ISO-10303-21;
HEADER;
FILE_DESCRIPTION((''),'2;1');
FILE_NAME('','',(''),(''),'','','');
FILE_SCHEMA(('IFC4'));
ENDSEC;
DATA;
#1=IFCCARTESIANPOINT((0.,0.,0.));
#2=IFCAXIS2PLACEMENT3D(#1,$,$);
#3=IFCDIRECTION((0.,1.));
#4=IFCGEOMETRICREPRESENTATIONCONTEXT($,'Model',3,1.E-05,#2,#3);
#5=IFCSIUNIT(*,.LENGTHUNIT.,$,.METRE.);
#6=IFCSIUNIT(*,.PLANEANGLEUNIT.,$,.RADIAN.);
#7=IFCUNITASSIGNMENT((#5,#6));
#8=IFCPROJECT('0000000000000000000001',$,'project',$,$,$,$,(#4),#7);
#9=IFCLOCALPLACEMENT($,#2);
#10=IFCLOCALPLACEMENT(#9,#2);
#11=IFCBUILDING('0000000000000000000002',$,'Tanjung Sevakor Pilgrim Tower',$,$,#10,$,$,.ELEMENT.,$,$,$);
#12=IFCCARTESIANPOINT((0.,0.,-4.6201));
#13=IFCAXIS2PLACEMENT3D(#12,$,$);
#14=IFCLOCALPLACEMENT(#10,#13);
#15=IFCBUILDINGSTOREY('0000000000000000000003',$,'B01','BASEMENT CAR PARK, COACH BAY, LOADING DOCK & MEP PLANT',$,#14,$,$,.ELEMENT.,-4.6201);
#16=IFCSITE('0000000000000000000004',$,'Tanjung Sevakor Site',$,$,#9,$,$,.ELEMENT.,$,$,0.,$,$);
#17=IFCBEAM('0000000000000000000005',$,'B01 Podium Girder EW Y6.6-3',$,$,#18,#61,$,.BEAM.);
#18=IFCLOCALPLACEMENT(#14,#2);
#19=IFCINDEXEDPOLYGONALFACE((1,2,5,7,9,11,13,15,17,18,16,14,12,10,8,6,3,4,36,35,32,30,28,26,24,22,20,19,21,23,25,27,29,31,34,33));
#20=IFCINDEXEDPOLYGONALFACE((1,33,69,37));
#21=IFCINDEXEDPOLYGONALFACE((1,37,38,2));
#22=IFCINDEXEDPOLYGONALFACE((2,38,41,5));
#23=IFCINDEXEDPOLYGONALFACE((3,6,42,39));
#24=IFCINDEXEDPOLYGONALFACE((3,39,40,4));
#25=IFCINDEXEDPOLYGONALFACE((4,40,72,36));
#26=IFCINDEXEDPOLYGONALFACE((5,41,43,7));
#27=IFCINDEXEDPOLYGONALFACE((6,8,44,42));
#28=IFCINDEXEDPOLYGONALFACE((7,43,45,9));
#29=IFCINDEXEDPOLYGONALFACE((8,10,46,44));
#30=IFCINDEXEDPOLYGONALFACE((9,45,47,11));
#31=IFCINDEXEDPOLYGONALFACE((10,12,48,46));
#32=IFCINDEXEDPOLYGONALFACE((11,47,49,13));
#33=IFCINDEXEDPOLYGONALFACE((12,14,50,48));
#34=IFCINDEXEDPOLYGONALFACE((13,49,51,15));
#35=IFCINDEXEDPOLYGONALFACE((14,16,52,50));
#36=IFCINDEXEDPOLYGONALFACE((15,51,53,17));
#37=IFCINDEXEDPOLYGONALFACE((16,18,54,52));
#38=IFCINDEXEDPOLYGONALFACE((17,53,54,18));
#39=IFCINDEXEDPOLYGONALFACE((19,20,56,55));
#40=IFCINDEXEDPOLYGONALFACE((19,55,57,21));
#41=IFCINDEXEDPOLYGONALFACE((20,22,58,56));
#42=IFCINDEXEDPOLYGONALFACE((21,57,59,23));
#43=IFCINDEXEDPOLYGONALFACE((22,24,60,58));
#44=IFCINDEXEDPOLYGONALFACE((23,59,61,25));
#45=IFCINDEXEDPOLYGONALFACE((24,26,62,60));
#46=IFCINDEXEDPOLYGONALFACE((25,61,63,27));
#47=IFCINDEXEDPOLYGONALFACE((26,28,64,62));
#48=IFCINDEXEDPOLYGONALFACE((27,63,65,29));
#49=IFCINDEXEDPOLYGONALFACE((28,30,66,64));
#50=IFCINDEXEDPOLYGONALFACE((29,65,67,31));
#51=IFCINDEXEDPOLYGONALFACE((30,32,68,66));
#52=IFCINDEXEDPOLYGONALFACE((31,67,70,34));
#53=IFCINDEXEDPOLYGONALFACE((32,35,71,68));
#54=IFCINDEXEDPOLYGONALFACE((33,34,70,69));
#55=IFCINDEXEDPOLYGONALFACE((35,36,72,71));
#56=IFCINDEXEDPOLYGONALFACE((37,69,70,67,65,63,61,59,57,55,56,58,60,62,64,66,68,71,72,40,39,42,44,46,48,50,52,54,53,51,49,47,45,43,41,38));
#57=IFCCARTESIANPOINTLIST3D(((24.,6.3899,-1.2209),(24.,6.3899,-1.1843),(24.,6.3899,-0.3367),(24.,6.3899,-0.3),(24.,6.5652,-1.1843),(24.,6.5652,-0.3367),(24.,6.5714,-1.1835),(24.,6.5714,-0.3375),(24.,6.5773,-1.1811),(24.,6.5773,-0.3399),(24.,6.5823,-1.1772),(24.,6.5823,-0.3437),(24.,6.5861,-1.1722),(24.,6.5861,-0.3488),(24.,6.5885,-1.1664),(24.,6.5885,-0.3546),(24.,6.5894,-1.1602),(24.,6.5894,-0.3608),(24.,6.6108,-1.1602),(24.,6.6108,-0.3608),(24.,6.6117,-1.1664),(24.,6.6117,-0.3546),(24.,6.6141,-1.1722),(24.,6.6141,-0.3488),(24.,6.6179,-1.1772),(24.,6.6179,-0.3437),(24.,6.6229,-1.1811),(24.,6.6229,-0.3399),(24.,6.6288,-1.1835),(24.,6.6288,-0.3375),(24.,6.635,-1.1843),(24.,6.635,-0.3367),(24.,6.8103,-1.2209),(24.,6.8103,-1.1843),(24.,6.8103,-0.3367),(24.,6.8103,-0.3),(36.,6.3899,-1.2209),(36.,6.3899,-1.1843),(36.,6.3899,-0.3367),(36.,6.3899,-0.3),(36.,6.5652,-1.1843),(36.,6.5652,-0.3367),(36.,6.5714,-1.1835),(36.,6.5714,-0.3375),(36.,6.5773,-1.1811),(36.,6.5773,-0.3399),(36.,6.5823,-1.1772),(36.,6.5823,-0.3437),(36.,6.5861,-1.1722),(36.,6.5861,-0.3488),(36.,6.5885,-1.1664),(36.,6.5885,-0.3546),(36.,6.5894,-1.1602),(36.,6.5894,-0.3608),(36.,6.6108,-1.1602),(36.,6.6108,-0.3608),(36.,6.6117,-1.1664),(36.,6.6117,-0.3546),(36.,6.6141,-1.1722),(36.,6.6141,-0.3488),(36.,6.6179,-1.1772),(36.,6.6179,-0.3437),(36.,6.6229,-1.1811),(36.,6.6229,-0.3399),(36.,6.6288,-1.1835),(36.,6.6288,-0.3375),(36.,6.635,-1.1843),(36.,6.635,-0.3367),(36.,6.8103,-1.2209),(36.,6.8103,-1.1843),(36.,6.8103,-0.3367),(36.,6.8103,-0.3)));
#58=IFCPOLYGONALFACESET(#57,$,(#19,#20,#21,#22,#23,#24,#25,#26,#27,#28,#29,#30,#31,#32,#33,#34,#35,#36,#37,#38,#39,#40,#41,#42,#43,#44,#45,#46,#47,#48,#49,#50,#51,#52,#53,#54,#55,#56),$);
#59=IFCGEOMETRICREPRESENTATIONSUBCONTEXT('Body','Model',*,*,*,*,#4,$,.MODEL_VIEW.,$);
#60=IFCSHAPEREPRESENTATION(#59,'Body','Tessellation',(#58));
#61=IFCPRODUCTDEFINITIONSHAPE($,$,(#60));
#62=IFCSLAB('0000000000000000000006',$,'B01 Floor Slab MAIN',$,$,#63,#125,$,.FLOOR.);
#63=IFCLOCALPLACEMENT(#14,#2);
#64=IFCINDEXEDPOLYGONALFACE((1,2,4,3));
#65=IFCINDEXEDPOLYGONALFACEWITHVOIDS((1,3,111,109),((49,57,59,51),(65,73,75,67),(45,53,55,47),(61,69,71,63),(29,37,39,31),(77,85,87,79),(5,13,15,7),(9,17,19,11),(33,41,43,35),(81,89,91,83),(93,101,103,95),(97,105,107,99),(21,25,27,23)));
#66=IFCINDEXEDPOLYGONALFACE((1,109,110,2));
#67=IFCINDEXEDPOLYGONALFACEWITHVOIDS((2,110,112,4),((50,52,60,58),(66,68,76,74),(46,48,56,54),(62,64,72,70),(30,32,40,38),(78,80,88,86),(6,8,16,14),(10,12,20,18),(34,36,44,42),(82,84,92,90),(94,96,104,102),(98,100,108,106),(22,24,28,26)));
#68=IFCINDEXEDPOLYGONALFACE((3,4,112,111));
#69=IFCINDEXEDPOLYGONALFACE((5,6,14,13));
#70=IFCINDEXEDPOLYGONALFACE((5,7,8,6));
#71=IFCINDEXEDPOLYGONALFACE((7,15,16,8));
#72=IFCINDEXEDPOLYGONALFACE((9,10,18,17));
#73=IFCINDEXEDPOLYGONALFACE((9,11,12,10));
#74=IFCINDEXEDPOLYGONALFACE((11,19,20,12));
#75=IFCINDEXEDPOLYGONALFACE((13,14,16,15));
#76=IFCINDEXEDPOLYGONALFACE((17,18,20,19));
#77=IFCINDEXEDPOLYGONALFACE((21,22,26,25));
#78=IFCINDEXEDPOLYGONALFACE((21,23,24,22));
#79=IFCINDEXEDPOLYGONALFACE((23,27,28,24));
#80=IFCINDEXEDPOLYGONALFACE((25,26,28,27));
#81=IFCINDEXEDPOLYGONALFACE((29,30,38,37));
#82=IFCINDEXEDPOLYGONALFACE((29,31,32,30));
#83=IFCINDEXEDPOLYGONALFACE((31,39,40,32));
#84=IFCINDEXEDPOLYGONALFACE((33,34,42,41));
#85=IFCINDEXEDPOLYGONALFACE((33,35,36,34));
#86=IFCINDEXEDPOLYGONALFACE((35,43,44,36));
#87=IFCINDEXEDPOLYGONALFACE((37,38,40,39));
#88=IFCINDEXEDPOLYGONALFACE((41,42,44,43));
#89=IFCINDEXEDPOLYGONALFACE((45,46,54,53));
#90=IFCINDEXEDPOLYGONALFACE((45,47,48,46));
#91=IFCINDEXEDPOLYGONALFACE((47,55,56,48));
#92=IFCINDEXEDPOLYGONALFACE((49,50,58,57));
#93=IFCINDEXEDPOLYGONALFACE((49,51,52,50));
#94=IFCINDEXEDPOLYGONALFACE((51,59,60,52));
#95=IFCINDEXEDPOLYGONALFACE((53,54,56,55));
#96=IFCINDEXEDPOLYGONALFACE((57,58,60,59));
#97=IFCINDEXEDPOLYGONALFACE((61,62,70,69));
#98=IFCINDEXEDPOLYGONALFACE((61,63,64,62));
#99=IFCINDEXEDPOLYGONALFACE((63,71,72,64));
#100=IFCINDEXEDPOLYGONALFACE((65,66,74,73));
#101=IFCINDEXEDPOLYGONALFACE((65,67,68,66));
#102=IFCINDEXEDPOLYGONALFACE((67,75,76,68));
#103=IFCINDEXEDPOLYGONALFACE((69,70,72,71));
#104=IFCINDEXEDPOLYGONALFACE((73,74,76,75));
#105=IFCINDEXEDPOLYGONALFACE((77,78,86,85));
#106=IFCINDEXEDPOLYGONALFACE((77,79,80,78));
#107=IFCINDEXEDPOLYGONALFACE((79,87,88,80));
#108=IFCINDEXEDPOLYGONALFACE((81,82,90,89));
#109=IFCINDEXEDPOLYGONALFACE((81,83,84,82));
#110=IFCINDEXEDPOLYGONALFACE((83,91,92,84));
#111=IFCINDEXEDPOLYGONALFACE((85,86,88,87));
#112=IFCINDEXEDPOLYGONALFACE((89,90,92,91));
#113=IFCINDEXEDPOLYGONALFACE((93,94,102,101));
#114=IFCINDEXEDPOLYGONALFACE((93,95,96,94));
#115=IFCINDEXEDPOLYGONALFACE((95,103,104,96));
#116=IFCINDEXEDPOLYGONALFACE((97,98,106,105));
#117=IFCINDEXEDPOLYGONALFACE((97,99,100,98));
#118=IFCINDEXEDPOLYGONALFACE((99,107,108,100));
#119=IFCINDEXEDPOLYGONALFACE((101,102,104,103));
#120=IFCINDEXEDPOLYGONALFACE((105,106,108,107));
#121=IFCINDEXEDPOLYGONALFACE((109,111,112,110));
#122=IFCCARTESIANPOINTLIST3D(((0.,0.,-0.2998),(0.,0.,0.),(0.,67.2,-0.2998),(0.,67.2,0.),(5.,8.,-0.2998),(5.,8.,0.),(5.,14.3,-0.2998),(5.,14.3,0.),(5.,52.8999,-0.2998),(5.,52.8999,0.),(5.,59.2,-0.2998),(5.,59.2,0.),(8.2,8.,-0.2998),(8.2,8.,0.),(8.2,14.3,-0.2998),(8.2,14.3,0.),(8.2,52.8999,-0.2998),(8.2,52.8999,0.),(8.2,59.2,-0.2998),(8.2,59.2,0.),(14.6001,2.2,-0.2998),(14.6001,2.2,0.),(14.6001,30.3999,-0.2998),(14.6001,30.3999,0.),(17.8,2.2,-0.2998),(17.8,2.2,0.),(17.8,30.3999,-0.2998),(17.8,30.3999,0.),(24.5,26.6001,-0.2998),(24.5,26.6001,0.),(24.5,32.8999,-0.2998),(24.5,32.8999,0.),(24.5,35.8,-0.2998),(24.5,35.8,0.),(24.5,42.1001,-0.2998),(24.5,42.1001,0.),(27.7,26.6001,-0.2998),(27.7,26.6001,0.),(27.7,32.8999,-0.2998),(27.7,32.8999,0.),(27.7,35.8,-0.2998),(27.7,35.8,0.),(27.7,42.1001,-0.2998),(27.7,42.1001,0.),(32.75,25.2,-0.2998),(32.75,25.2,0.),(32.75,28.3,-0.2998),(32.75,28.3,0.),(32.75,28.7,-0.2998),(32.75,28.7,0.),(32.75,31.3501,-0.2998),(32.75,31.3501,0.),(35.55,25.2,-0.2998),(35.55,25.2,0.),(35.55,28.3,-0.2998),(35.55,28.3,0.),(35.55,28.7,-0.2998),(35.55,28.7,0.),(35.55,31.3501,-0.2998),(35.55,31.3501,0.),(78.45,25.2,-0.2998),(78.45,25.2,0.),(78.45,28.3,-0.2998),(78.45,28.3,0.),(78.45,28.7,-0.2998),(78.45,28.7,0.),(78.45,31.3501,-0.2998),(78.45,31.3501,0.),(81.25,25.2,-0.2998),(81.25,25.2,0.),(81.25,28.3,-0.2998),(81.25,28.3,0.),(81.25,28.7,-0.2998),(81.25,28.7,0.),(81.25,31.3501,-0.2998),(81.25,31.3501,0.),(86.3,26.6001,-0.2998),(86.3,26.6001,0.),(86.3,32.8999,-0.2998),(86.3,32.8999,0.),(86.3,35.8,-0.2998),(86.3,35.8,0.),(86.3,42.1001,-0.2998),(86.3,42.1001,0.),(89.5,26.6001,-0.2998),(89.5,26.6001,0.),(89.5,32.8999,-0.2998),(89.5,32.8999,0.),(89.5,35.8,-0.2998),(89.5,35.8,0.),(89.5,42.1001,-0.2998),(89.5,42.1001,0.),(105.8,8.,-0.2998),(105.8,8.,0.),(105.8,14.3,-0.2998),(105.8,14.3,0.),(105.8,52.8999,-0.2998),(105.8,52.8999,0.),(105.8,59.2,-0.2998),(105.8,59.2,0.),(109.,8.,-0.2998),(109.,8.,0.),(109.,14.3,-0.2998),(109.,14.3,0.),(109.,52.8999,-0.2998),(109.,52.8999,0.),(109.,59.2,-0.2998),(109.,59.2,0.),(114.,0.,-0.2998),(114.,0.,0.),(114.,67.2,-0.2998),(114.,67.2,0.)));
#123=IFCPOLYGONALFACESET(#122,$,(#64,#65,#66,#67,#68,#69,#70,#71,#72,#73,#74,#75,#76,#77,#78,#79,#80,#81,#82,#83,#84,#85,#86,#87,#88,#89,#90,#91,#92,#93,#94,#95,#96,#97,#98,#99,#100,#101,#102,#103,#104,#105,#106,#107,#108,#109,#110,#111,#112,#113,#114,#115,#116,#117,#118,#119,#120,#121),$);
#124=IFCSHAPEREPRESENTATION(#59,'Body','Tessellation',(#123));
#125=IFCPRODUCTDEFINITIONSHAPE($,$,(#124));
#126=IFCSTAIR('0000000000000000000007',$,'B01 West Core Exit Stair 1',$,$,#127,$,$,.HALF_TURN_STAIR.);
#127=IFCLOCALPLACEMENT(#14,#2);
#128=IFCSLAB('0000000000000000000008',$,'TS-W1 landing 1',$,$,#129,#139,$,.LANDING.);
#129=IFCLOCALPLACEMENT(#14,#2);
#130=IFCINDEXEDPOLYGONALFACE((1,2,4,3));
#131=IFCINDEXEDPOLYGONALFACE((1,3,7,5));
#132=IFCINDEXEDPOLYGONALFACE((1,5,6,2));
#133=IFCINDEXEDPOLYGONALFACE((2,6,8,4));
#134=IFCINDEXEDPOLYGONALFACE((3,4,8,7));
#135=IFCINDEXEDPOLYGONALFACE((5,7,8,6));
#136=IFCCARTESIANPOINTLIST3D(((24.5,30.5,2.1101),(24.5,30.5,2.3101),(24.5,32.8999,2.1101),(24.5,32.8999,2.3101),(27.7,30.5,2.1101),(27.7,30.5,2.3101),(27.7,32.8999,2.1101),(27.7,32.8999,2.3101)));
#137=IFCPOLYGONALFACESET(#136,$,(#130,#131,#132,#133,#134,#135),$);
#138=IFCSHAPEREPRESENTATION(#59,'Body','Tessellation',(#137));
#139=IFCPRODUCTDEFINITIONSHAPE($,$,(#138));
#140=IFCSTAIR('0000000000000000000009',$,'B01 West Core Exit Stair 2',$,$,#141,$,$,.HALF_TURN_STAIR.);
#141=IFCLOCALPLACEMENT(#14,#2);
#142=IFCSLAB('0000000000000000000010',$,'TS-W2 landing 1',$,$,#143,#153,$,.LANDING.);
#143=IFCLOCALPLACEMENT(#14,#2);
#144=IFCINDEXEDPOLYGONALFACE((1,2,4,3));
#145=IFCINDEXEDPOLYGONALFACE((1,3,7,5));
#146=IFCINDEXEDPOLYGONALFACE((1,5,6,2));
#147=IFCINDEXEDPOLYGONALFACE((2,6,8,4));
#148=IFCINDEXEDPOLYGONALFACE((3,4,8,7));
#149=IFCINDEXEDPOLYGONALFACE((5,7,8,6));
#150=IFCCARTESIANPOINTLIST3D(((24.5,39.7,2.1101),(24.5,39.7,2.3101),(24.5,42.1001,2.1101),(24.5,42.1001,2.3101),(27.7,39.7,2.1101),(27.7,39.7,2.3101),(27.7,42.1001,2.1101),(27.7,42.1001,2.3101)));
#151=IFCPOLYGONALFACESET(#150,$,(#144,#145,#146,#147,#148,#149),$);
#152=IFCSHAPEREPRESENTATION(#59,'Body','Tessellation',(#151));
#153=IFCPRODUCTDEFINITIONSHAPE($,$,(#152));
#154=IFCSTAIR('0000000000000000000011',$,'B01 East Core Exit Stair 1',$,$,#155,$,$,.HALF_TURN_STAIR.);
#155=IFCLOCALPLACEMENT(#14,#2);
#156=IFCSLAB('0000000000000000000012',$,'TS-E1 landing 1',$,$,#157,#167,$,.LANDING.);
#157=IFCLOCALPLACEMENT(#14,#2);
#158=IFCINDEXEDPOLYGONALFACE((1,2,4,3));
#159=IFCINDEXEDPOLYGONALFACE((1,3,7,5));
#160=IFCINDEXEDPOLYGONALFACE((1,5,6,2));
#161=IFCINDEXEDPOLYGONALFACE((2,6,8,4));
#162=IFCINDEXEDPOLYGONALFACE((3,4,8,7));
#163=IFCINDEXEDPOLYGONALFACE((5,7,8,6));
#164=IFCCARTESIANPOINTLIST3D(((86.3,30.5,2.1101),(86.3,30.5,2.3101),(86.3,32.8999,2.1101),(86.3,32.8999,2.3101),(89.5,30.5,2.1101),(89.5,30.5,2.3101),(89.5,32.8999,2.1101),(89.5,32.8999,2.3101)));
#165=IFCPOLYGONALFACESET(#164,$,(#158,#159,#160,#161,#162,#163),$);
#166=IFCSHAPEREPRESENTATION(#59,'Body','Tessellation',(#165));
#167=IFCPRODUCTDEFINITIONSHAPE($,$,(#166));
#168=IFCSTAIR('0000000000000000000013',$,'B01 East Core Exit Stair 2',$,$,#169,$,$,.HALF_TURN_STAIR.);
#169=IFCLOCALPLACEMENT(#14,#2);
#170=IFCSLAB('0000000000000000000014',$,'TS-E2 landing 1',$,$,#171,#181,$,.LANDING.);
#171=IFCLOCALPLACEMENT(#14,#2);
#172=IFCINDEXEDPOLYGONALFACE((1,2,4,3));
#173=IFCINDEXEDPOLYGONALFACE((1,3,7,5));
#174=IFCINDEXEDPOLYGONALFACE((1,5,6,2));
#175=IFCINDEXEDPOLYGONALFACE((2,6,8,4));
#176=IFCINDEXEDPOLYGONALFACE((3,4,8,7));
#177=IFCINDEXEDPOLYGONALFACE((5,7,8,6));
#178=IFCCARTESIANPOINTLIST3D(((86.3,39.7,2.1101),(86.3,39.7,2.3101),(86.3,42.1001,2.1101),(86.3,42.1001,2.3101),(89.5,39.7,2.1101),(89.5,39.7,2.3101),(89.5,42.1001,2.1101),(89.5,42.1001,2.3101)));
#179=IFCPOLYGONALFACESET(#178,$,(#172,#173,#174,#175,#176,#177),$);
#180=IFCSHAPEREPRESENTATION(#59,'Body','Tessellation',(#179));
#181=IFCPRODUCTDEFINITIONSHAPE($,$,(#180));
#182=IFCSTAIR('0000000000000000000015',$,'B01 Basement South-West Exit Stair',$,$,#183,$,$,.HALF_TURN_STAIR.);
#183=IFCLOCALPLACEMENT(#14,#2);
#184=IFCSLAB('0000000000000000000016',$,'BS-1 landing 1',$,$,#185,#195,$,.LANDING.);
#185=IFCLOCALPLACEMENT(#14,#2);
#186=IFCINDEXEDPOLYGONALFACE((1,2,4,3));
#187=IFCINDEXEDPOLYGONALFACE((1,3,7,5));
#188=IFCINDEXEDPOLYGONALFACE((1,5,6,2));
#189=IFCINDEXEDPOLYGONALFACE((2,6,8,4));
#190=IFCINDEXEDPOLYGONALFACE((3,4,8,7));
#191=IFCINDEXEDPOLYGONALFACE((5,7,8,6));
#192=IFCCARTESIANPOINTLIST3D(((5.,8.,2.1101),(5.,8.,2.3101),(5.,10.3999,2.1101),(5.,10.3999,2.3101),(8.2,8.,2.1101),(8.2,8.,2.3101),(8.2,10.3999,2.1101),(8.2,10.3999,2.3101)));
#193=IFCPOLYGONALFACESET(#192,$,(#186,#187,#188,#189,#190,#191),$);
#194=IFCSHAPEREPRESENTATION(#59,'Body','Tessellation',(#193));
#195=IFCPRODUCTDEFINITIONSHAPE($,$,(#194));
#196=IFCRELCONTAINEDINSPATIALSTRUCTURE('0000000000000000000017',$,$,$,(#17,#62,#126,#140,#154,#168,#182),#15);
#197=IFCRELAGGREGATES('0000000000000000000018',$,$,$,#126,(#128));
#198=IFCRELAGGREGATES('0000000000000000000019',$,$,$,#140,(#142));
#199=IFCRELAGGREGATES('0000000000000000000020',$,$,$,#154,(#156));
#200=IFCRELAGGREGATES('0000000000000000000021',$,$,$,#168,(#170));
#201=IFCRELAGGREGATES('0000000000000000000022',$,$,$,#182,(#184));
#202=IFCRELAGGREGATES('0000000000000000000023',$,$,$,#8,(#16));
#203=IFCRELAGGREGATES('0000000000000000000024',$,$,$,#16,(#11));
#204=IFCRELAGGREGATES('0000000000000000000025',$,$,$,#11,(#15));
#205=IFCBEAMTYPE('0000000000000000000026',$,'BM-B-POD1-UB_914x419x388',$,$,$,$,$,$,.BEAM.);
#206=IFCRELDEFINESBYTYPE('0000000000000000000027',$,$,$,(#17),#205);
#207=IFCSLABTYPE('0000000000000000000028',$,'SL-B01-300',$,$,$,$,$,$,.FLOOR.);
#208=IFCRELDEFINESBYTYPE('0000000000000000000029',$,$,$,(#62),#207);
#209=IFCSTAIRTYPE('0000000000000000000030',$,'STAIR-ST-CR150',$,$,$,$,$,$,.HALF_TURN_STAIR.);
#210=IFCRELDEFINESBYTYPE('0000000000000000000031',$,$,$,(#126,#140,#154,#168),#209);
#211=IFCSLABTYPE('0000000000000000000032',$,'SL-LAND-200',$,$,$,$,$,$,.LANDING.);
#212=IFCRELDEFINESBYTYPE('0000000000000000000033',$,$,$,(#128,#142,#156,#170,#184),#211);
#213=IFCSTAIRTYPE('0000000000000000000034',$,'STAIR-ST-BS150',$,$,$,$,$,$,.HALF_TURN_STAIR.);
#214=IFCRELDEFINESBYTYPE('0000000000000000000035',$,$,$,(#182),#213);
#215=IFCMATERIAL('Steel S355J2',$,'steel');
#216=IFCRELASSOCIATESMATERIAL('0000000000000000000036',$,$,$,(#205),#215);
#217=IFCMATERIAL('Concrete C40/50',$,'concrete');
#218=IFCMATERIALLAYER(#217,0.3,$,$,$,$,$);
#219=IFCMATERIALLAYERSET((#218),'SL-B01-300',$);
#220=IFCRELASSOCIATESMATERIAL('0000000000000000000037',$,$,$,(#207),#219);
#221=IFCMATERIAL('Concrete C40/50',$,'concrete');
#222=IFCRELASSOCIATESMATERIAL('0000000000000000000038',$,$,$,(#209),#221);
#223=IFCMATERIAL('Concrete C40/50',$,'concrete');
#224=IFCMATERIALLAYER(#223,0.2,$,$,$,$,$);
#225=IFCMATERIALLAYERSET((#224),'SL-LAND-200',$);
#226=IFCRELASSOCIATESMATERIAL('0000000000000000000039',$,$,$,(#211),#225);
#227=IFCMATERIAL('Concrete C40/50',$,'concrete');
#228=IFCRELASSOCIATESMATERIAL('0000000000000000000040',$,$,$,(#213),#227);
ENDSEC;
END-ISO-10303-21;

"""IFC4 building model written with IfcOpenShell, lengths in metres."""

from ifc_helpers import new_model, si_unit, direction, frame, origin, origin_2d, place, context, subcontext, project, spatial, polyline, i_section, outline, extrude, material, layer, layer_set, material_profile, profile_set, type_object, element, aggregate, save


model = new_model("IFC4")

# Units and contexts
model_context = context("Model", 3, precision=1e-05, world=origin(), true_north=direction((0.0, 1.0)))
body_context = subcontext(model_context, "Body", "Model", "MODEL_VIEW")
ifc_project = project(units=[si_unit("LENGTHUNIT", "METRE"), si_unit("PLANEANGLEUNIT", "RADIAN")], contexts=[model_context])

# Site, building, storey
site_placement = place(None, origin())
site = spatial("IfcSite", under=ifc_project, at=site_placement, Name="Tanjung Sevakor Site", CompositionType="ELEMENT", RefElevation=0.0)
building_placement = place(site_placement, origin())
building = spatial("IfcBuilding", under=site, at=building_placement, Name="Tanjung Sevakor Pilgrim Tower", CompositionType="ELEMENT")
storey_placement = place(building_placement, frame((0.0, 0.0, -4.6201)))
storey = spatial("IfcBuildingStorey", under=building, at=storey_placement, Name="B01", Description="BASEMENT CAR PARK, COACH BAY, LOADING DOCK & MEP PLANT", CompositionType="ELEMENT", Elevation=-4.6201)

# Beam
ifc_material_1 = material(Name="Steel S355J2", Category="steel")
ifc_material_profile_1 = material_profile(ifc_material_1, i_section(OverallWidth=0.4204, OverallDepth=0.9209, WebThickness=0.0215, FlangeThickness=0.0366, FilletRadius=0.0242, at=origin_2d()))
ifc_profile_set_1 = profile_set([ifc_material_profile_1], Name="Steel S355J2")
beam_type_1 = type_object("IfcBeamType", Name="BM-B-POD1-UB_914x419x388", PredefinedType="BEAM", material=ifc_profile_set_1)
for number, where, z_axis, x_axis, name in (
    (1, (24.0, 6.6001, -0.7605), (1.0, 0.0, 0.0), (0.0, 1.0, 0.0), "B01 Podium Girder EW Y6.6-3"),
):
    element("IfcBeam", number, at=place(storey_placement, frame(where, z_axis=z_axis, x_axis=x_axis)), inside=storey, type_object=beam_type_1, Name=name, PredefinedType="BEAM", context=body_context, shape_type="SweptSolid", body=[
        extrude(i_section(OverallWidth=0.4204, OverallDepth=0.9209, WebThickness=0.0215, FlangeThickness=0.0366, FilletRadius=0.0242, at=origin_2d()), origin(), (0.0, 0.0, 1.0), 12.0),
    ])

# Slab
ifc_material_2 = material(Name="Concrete C40/50", Category="concrete")
ifc_layer_1 = layer(ifc_material_2, 0.3)
ifc_layer_set_1 = layer_set([ifc_layer_1], Name="SL-B01-300")
slab_type_1 = type_object("IfcSlabType", Name="SL-B01-300", PredefinedType="FLOOR", material=ifc_layer_set_1)
slab_1_placement = place(storey_placement, frame((0.0, 0.0, -0.2998)))
element("IfcSlab", 2, at=slab_1_placement, inside=storey, type_object=slab_type_1, Name="B01 Floor Slab MAIN", PredefinedType="FLOOR", context=body_context, shape_type="SweptSolid", body=[
    extrude(outline(polyline([(0.0, 0.0), (114.0, 0.0), (114.0, 67.2), (0.0, 67.2), (0.0, 0.0)]), holes=[polyline([(27.7, 26.6001), (27.7, 32.8999), (24.5, 32.8999), (24.5, 26.6001), (27.7, 26.6001)]), polyline([(27.7, 35.8), (27.7, 42.1001), (24.5, 42.1001), (24.5, 35.8), (27.7, 35.8)]), polyline([(89.5, 26.6001), (89.5, 32.8999), (86.3, 32.8999), (86.3, 26.6001), (89.5, 26.6001)]), polyline([(89.5, 35.8), (89.5, 42.1001), (86.3, 42.1001), (86.3, 35.8), (89.5, 35.8)]), polyline([(5.0, 14.3), (5.0, 8.0), (8.2, 8.0), (8.2, 14.3), (5.0, 14.3)]), polyline([(8.2, 52.8999), (8.2, 59.2), (5.0, 59.2), (5.0, 52.8999), (8.2, 52.8999)]), polyline([(105.8, 14.3), (105.8, 8.0), (109.0, 8.0), (109.0, 14.3), (105.8, 14.3)]), polyline([(109.0, 52.8999), (109.0, 59.2), (105.8, 59.2), (105.8, 52.8999), (109.0, 52.8999)]), polyline([(32.75, 25.2), (35.55, 25.2), (35.55, 28.3), (32.75, 28.3), (32.75, 25.2)]), polyline([(32.75, 28.7), (35.55, 28.7), (35.55, 31.3501), (32.75, 31.3501), (32.75, 28.7)]), polyline([(78.45, 25.2), (81.25, 25.2), (81.25, 28.3), (78.45, 28.3), (78.45, 25.2)]), polyline([(78.45, 28.7), (81.25, 28.7), (81.25, 31.3501), (78.45, 31.3501), (78.45, 28.7)]), polyline([(14.6001, 2.2), (17.8, 2.2), (17.8, 30.3999), (14.6001, 30.3999), (14.6001, 2.2)])]), origin(), (0.0, 0.0, 1.0), 0.2998),
])

# Stairs, slabs
ifc_material_3 = material(Name="Concrete C40/50", Category="concrete")
stair_type_1 = type_object("IfcStairType", Name="STAIR-ST-CR150", PredefinedType="HALF_TURN_STAIR", material=ifc_material_3)
stair_1_placement = place(storey_placement, origin())
stair_1 = element("IfcStair", 3, at=stair_1_placement, inside=storey, type_object=stair_type_1, Name="B01 West Core Exit Stair 1", PredefinedType="HALF_TURN_STAIR")
ifc_material_4 = material(Name="Concrete C40/50", Category="concrete")
ifc_layer_2 = layer(ifc_material_4, 0.2)
ifc_layer_set_2 = layer_set([ifc_layer_2], Name="SL-LAND-200")
slab_type_2 = type_object("IfcSlabType", Name="SL-LAND-200", PredefinedType="LANDING", material=ifc_layer_set_2)
slab_2_placement = place(storey_placement, frame((0.0, 0.0, 2.1101)))
slab_2 = element("IfcSlab", 4, at=slab_2_placement, type_object=slab_type_2, Name="TS-W1 landing 1", PredefinedType="LANDING", context=body_context, shape_type="SweptSolid", body=[
    extrude(outline(polyline([(27.7, 30.5), (27.7, 32.8999), (24.5, 32.8999), (24.5, 30.5), (27.7, 30.5)])), origin(), (0.0, 0.0, 1.0), 0.2),
])
aggregate(stair_1, [slab_2])
stair_2_placement = place(storey_placement, origin())
stair_2 = element("IfcStair", 5, at=stair_2_placement, inside=storey, type_object=stair_type_1, Name="B01 West Core Exit Stair 2", PredefinedType="HALF_TURN_STAIR")
slab_3_placement = place(storey_placement, frame((0.0, 0.0, 2.1101)))
slab_3 = element("IfcSlab", 6, at=slab_3_placement, type_object=slab_type_2, Name="TS-W2 landing 1", PredefinedType="LANDING", context=body_context, shape_type="SweptSolid", body=[
    extrude(outline(polyline([(27.7, 39.7), (27.7, 42.1001), (24.5, 42.1001), (24.5, 39.7), (27.7, 39.7)])), origin(), (0.0, 0.0, 1.0), 0.2),
])
aggregate(stair_2, [slab_3])
stair_3_placement = place(storey_placement, origin())
stair_3 = element("IfcStair", 7, at=stair_3_placement, inside=storey, type_object=stair_type_1, Name="B01 East Core Exit Stair 1", PredefinedType="HALF_TURN_STAIR")
slab_4_placement = place(storey_placement, frame((0.0, 0.0, 2.1101)))
slab_4 = element("IfcSlab", 8, at=slab_4_placement, type_object=slab_type_2, Name="TS-E1 landing 1", PredefinedType="LANDING", context=body_context, shape_type="SweptSolid", body=[
    extrude(outline(polyline([(89.5, 30.5), (89.5, 32.8999), (86.3, 32.8999), (86.3, 30.5), (89.5, 30.5)])), origin(), (0.0, 0.0, 1.0), 0.2),
])
aggregate(stair_3, [slab_4])
stair_4_placement = place(storey_placement, origin())
stair_4 = element("IfcStair", 9, at=stair_4_placement, inside=storey, type_object=stair_type_1, Name="B01 East Core Exit Stair 2", PredefinedType="HALF_TURN_STAIR")
slab_5_placement = place(storey_placement, frame((0.0, 0.0, 2.1101)))
slab_5 = element("IfcSlab", 10, at=slab_5_placement, type_object=slab_type_2, Name="TS-E2 landing 1", PredefinedType="LANDING", context=body_context, shape_type="SweptSolid", body=[
    extrude(outline(polyline([(89.5, 39.7), (89.5, 42.1001), (86.3, 42.1001), (86.3, 39.7), (89.5, 39.7)])), origin(), (0.0, 0.0, 1.0), 0.2),
])
aggregate(stair_4, [slab_5])
ifc_material_5 = material(Name="Concrete C40/50", Category="concrete")
stair_type_2 = type_object("IfcStairType", Name="STAIR-ST-BS150", PredefinedType="HALF_TURN_STAIR", material=ifc_material_5)
stair_5_placement = place(storey_placement, origin())
stair_5 = element("IfcStair", 11, at=stair_5_placement, inside=storey, type_object=stair_type_2, Name="B01 Basement South-West Exit Stair", PredefinedType="HALF_TURN_STAIR")
slab_6_placement = place(storey_placement, frame((0.0, 0.0, 2.1101)))
slab_6 = element("IfcSlab", 12, at=slab_6_placement, type_object=slab_type_2, Name="BS-1 landing 1", PredefinedType="LANDING", context=body_context, shape_type="SweptSolid", body=[
    extrude(outline(polyline([(5.0, 10.3999), (5.0, 8.0), (8.2, 8.0), (8.2, 10.3999), (5.0, 10.3999)])), origin(), (0.0, 0.0, 1.0), 0.2),
])
aggregate(stair_5, [slab_6])

save(model, "model.ifc")
